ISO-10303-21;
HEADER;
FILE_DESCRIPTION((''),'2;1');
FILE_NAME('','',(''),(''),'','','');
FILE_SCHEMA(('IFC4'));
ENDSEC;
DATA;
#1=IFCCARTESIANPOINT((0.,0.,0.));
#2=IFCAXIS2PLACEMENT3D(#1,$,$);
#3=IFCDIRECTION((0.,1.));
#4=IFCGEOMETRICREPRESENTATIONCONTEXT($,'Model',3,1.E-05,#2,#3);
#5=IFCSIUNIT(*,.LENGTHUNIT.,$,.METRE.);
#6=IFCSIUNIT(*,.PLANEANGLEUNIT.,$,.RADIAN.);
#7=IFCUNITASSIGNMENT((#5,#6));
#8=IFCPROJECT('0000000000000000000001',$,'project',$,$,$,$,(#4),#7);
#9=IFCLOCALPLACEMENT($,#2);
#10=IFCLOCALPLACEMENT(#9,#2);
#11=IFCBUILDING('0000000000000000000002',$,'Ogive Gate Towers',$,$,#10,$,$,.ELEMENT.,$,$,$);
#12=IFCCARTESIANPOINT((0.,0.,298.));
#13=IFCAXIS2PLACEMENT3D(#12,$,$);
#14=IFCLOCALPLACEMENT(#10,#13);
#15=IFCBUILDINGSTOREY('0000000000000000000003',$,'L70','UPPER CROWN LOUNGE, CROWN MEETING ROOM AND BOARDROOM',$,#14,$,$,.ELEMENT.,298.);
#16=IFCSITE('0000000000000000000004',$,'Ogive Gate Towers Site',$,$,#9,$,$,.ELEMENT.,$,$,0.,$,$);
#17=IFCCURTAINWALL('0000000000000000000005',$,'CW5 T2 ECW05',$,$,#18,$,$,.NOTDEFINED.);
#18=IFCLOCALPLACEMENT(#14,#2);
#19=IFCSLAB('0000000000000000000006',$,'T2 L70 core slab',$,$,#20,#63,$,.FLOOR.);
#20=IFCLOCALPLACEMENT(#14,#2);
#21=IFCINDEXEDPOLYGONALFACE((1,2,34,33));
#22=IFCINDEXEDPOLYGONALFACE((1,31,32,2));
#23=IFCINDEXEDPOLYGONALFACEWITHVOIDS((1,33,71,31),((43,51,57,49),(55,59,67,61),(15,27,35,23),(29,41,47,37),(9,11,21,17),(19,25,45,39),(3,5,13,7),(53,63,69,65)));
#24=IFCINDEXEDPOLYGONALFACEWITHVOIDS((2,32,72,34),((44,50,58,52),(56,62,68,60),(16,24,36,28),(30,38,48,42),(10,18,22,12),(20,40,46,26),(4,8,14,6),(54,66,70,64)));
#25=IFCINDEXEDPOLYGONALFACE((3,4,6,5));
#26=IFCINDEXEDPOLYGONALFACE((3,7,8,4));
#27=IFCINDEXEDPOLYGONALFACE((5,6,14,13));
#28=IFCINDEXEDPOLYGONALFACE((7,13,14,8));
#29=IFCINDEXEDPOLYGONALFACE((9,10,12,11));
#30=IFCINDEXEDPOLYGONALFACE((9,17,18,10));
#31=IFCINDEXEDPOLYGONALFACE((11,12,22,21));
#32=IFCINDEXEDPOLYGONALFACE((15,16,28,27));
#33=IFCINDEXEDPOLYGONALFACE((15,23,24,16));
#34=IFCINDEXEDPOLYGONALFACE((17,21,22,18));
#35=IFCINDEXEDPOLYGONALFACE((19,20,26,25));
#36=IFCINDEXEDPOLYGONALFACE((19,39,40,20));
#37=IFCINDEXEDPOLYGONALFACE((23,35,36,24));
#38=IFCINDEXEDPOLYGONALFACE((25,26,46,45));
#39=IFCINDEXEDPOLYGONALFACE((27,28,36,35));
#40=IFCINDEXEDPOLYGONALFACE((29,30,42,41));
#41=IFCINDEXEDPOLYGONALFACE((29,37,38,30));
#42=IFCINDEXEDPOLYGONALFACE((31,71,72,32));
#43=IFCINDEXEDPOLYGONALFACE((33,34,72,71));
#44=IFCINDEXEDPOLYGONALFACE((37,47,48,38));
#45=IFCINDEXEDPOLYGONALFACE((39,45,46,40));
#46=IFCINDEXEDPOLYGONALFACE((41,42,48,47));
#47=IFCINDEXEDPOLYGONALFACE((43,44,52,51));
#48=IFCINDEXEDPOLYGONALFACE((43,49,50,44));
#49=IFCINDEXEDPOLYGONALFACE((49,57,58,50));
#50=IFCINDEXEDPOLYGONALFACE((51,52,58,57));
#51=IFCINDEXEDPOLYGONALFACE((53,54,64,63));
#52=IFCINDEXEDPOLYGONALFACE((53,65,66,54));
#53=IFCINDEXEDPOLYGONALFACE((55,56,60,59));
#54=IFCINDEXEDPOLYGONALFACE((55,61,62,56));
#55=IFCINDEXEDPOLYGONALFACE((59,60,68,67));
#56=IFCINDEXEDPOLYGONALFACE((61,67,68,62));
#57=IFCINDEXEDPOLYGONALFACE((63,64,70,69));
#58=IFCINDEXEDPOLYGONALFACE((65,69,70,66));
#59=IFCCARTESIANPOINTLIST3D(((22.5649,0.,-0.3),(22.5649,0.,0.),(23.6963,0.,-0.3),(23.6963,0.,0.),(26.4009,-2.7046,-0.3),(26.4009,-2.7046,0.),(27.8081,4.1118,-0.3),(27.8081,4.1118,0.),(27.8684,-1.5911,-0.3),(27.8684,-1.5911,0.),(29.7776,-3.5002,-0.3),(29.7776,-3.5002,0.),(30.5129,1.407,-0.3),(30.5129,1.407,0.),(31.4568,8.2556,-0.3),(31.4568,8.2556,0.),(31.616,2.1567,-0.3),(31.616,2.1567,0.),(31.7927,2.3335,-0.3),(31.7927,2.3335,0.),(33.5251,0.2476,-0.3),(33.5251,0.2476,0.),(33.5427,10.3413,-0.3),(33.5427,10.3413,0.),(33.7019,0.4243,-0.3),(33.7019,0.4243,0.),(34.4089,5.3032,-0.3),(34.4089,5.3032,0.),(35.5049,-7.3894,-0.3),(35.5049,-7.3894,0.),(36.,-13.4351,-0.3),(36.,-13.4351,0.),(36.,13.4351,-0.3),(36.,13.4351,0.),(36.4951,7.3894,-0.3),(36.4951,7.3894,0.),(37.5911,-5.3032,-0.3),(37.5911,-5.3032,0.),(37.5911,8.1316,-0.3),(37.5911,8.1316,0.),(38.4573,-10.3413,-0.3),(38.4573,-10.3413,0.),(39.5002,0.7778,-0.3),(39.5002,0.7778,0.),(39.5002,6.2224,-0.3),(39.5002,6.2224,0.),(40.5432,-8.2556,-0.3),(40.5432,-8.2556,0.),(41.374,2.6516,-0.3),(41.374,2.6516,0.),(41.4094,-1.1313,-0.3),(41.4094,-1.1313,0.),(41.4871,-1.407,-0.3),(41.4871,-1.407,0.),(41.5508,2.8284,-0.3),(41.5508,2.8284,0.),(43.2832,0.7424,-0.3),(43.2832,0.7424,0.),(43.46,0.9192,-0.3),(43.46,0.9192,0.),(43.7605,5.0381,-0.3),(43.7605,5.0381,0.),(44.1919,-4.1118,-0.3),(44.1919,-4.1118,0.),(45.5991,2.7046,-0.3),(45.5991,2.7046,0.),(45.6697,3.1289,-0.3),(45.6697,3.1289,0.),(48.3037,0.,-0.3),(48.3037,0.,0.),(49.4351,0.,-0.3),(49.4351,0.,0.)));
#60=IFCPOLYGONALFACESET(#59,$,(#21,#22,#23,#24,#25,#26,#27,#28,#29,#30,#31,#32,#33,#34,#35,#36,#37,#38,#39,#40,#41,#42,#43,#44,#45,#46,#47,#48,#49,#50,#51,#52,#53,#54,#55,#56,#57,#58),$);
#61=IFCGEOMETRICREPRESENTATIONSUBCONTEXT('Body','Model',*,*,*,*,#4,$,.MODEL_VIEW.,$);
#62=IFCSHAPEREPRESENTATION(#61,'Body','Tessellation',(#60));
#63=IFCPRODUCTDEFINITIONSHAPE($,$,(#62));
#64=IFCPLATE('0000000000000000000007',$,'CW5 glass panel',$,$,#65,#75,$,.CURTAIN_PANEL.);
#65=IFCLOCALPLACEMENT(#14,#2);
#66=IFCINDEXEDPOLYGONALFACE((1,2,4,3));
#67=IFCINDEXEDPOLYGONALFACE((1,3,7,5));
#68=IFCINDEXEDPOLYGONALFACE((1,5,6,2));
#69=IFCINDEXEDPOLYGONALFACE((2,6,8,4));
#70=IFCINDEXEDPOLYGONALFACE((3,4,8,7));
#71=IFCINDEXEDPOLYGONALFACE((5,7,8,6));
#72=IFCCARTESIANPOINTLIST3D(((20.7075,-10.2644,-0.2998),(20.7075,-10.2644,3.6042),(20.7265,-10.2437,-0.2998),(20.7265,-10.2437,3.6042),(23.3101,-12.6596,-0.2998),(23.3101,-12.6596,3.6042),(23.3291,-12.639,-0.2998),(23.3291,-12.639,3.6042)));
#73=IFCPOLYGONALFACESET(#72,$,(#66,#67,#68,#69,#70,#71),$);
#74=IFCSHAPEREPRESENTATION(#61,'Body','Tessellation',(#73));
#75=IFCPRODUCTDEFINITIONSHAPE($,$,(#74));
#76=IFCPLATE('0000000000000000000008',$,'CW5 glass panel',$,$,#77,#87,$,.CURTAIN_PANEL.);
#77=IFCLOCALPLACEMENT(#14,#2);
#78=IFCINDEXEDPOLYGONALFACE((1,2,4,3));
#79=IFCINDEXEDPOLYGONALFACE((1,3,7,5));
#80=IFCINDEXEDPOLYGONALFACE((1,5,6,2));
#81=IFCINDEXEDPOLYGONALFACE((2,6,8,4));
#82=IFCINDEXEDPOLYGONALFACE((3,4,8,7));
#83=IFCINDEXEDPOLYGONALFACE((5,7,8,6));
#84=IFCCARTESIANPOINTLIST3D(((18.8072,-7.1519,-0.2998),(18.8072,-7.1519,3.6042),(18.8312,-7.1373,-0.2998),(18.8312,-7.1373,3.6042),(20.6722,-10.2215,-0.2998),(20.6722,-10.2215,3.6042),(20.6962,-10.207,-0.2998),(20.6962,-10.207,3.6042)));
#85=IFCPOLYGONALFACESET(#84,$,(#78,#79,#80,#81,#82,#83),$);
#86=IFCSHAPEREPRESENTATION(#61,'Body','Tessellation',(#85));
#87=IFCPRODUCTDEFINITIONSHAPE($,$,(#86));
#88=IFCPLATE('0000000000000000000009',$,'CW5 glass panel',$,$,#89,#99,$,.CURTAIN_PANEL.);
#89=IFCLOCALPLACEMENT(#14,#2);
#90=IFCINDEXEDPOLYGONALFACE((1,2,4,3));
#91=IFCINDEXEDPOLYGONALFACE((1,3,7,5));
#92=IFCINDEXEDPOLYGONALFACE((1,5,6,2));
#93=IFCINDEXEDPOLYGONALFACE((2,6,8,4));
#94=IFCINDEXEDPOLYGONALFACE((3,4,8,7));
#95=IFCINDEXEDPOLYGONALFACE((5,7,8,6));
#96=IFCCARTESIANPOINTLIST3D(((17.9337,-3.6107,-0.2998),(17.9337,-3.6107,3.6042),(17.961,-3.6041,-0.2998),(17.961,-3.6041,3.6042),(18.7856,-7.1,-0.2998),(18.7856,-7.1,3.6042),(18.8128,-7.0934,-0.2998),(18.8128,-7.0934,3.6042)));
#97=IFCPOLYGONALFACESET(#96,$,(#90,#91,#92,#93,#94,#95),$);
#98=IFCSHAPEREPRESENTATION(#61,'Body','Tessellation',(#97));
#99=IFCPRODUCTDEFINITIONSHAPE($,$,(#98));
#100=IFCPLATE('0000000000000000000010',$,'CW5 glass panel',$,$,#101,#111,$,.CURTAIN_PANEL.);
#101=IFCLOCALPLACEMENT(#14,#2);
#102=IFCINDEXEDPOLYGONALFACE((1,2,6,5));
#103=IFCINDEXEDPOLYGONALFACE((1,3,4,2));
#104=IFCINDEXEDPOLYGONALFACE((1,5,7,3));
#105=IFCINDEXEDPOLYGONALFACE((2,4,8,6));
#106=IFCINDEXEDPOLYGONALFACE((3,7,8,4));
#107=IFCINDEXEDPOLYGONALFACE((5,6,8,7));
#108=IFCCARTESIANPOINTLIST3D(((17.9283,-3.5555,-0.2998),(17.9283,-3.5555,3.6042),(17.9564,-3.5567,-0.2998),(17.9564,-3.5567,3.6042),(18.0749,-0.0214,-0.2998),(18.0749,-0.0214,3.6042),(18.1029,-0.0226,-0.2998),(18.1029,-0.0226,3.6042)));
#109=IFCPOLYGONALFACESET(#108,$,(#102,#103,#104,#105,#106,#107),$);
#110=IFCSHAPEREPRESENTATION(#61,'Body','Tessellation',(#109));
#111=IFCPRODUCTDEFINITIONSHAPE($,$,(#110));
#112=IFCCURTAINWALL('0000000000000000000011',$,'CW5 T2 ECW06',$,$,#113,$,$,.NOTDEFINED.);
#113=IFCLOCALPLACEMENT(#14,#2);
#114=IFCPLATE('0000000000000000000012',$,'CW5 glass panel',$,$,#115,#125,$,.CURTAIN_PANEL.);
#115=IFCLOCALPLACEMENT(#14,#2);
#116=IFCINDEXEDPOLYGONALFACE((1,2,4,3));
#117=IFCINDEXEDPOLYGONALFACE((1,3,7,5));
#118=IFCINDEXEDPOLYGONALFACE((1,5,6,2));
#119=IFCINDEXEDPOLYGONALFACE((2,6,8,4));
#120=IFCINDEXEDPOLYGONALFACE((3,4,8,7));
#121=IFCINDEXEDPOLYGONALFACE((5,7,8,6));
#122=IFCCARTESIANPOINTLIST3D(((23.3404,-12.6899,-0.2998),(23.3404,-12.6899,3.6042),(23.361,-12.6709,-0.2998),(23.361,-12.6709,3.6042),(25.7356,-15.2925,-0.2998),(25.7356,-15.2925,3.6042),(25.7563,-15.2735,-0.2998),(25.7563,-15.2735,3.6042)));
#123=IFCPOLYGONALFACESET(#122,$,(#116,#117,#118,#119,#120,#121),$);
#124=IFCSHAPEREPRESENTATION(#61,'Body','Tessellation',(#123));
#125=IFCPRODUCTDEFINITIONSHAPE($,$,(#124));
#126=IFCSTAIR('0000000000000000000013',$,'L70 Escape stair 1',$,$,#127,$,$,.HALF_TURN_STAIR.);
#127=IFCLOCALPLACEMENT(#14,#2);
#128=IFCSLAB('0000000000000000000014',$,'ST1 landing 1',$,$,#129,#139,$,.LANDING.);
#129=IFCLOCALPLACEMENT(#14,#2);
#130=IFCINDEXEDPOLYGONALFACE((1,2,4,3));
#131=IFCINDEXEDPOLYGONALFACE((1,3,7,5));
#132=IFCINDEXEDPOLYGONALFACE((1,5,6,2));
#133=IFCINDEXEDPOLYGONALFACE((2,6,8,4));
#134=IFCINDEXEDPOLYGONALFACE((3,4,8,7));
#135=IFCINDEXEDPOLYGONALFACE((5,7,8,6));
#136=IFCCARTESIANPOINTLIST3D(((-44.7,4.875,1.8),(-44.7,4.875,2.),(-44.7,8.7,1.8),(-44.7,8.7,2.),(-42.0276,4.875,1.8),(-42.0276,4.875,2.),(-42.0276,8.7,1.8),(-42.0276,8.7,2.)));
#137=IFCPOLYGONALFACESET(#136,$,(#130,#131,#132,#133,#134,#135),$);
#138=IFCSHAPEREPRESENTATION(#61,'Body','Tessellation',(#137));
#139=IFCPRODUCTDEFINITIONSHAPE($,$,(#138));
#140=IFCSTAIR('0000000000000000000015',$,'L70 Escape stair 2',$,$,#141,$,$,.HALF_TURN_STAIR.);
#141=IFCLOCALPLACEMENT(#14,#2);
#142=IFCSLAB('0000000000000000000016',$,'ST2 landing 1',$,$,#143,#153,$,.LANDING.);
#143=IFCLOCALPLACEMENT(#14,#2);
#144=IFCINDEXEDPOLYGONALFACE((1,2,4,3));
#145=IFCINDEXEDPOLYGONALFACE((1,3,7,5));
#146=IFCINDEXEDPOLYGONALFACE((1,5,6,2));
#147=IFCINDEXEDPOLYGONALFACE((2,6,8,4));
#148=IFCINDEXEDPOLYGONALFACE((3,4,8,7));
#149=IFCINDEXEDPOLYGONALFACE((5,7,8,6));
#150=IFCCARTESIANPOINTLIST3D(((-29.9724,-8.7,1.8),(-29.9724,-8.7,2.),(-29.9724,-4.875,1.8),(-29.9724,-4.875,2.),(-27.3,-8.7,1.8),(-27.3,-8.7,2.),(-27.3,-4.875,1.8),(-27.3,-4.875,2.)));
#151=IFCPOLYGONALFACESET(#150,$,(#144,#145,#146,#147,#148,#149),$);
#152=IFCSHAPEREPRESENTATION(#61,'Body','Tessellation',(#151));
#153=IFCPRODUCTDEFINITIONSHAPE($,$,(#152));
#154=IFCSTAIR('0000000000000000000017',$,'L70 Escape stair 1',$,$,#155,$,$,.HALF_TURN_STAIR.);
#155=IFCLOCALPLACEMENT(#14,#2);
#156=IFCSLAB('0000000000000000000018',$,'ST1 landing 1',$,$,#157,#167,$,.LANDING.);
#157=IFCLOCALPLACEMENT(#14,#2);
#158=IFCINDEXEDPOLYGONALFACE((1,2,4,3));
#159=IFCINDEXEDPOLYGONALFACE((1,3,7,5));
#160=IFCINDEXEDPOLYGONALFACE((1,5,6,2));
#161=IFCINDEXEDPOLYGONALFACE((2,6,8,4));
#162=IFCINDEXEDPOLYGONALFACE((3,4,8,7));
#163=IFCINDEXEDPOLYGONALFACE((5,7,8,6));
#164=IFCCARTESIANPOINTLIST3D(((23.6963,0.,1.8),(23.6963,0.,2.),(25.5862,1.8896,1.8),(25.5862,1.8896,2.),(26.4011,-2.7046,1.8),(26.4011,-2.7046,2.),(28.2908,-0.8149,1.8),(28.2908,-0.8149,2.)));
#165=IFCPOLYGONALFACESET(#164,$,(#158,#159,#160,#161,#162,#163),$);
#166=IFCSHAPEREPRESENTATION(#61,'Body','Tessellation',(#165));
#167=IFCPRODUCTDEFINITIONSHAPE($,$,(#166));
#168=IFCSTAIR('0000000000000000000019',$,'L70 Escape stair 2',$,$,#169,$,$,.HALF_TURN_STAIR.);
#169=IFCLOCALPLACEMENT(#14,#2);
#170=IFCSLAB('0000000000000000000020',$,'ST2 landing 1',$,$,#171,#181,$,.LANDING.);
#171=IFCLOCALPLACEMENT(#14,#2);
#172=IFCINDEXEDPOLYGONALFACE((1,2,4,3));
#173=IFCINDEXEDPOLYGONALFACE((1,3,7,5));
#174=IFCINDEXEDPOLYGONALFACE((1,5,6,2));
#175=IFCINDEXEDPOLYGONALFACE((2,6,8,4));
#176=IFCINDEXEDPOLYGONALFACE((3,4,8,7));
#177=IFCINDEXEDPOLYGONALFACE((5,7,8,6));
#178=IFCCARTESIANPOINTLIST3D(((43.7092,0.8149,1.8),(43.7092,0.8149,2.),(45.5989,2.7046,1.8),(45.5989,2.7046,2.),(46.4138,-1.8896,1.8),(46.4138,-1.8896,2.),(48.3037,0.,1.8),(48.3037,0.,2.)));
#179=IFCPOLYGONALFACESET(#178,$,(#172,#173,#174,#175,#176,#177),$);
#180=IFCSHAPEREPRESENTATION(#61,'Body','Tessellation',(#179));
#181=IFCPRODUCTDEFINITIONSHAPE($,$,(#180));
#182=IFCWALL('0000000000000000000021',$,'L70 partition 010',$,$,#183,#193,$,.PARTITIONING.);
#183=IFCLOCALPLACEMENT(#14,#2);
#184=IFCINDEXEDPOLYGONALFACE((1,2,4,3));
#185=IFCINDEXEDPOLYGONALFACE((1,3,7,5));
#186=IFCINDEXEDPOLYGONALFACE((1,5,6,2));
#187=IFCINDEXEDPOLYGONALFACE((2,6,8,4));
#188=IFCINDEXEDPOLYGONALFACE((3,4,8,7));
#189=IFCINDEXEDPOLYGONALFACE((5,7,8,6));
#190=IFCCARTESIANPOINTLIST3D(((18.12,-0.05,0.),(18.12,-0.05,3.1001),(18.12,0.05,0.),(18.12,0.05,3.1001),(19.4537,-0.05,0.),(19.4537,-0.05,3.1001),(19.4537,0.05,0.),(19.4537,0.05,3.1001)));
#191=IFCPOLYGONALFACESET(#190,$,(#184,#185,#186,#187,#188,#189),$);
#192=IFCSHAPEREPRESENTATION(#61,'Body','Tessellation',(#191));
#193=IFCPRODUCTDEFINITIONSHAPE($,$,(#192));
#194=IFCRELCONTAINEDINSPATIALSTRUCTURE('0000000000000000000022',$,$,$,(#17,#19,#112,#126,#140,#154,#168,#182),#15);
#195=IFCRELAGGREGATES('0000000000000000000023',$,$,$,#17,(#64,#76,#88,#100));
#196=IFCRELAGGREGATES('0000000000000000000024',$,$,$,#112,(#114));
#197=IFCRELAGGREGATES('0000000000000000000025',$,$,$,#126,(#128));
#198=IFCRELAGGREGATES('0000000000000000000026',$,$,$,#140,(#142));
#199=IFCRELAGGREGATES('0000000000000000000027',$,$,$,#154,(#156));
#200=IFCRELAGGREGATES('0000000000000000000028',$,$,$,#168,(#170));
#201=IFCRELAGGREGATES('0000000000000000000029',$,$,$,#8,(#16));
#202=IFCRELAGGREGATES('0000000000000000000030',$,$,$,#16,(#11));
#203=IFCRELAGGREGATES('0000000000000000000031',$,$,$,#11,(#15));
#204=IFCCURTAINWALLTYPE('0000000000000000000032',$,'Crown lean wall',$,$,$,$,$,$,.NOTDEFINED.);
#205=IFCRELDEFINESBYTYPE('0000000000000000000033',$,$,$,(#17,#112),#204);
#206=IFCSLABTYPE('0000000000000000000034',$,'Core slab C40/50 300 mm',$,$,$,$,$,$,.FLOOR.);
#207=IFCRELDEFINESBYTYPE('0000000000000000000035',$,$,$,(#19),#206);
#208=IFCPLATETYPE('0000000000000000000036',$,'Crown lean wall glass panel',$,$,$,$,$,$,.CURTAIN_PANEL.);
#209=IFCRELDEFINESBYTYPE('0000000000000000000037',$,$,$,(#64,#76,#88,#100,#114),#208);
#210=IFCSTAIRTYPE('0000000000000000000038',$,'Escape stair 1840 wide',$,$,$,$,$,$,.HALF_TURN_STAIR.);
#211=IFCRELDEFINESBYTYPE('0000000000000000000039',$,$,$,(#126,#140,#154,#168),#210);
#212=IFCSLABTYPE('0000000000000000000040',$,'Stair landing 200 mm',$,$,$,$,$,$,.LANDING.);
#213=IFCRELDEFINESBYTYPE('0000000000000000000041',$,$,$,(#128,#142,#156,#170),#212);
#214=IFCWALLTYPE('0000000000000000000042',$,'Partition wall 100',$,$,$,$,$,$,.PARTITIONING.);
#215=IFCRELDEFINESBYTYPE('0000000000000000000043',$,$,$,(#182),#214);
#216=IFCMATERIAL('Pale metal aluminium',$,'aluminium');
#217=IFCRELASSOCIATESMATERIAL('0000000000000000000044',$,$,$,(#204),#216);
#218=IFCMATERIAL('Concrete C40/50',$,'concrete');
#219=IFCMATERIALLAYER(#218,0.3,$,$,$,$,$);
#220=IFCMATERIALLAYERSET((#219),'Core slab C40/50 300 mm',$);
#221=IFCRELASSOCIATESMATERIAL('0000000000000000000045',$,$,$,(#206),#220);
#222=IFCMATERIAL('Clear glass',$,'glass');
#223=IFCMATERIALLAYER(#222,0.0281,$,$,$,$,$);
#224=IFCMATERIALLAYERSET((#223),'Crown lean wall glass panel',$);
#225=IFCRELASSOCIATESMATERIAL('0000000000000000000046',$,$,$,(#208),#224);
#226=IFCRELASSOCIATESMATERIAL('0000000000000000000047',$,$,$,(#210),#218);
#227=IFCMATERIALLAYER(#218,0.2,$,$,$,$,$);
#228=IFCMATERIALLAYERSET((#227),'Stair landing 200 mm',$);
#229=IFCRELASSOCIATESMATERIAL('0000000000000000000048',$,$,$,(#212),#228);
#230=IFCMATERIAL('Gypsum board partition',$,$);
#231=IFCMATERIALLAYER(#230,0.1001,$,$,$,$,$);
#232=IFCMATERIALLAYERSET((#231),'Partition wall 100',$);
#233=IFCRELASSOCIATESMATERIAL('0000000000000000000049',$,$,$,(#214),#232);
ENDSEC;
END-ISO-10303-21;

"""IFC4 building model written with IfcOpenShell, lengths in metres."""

from ifc_helpers import new_model, si_unit, direction, frame, frame_2d, origin, origin_2d, place, context, subcontext, project, spatial, polyline, rectangle, outline, extrude, material, layer, layer_set, type_object, element, aggregate, save


model = new_model("IFC4")

# Units and contexts
model_context = context("Model", 3, precision=1e-05, world=origin(), true_north=direction((0.0, 1.0)))
body_context = subcontext(model_context, "Body", "Model", "MODEL_VIEW")
ifc_project = project(units=[si_unit("LENGTHUNIT", "METRE"), si_unit("PLANEANGLEUNIT", "RADIAN")], contexts=[model_context])

# Site, building, storey
site_placement = place(None, origin())
site = spatial("IfcSite", under=ifc_project, at=site_placement, Name="Ogive Gate Towers Site", CompositionType="ELEMENT", RefElevation=0.0)
building_placement = place(site_placement, origin())
building = spatial("IfcBuilding", under=site, at=building_placement, Name="Ogive Gate Towers", CompositionType="ELEMENT")
storey_placement = place(building_placement, frame((0.0, 0.0, 298.0)))
storey = spatial("IfcBuildingStorey", under=building, at=storey_placement, Name="L70", Description="UPPER CROWN LOUNGE, CROWN MEETING ROOM AND BOARDROOM", CompositionType="ELEMENT", Elevation=298.0)

# Shared definitions
ifc_material_1 = material(Name="Pale metal aluminium", Category="aluminium")
curtain_wall_type = type_object("IfcCurtainWallType", Name="Crown lean wall", PredefinedType="NOTDEFINED", material=ifc_material_1)

# Curtain wall
curtain_wall_1_placement = place(storey_placement, origin())
curtain_wall_1 = element("IfcCurtainWall", 1, at=curtain_wall_1_placement, inside=storey, type_object=curtain_wall_type, Name="CW5 T2 ECW05", PredefinedType="NOTDEFINED")

# Slab
ifc_material_2 = material(Name="Concrete C40/50", Category="concrete")
ifc_layer_1 = layer(ifc_material_2, 0.3)
ifc_layer_set_1 = layer_set([ifc_layer_1], Name="Core slab C40/50 300 mm")
slab_type_1 = type_object("IfcSlabType", Name="Core slab C40/50 300 mm", PredefinedType="FLOOR", material=ifc_layer_set_1)
slab_1_placement = place(storey_placement, frame((0.0, 0.0, -0.3)))
element("IfcSlab", 2, at=slab_1_placement, inside=storey, type_object=slab_type_1, Name="T2 L70 core slab", PredefinedType="FLOOR", context=body_context, shape_type="SweptSolid", body=[
    extrude(outline(polyline([(36.0, -13.4351), (22.5649, 0.0), (36.0, 13.4351), (49.4351, 0.0), (36.0, -13.4351)]), holes=[polyline([(29.7776, -3.5002), (33.5251, 0.2476), (31.616, 2.1567), (27.8684, -1.5911), (29.7776, -3.5002)]), polyline([(31.7927, 2.3335), (33.7019, 0.4243), (39.5002, 6.2224), (37.5911, 8.1316), (31.7927, 2.3335)]), polyline([(41.374, 2.6516), (39.5002, 0.7778), (41.4094, -1.1313), (43.2832, 0.7424), (41.374, 2.6516)]), polyline([(45.6697, 3.1289), (43.7605, 5.0381), (41.5508, 2.8284), (43.46, 0.9192), (45.6697, 3.1289)]), polyline([(34.4089, 5.3032), (36.4951, 7.3894), (33.5427, 10.3413), (31.4568, 8.2556), (34.4089, 5.3032)]), polyline([(35.5049, -7.3894), (38.4573, -10.3413), (40.5432, -8.2556), (37.5911, -5.3032), (35.5049, -7.3894)]), polyline([(26.4009, -2.7046), (30.5129, 1.407), (27.8081, 4.1118), (23.6963, 0.0), (26.4009, -2.7046)]), polyline([(48.3037, 0.0), (45.5991, 2.7046), (41.4871, -1.407), (44.1919, -4.1118), (48.3037, 0.0)])]), origin(), (0.0, 0.0, 1.0), 0.3),
])

# Plates
ifc_material_3 = material(Name="Clear glass", Category="glass")
ifc_layer_2 = layer(ifc_material_3, 0.0281)
ifc_layer_set_2 = layer_set([ifc_layer_2], Name="Crown lean wall glass panel")
plate_type = type_object("IfcPlateType", Name="Crown lean wall glass panel", PredefinedType="CURTAIN_PANEL", material=ifc_layer_set_2)
plate_1_placement = place(storey_placement, frame((22.0183, -11.4517, -0.2998), z_axis=(0.0, 0.0, 1.0), x_axis=(-0.735813, 0.677184, 0.0)))
plate_1 = element("IfcPlate", 3, at=plate_1_placement, type_object=plate_type, Name="CW5 glass panel", PredefinedType="CURTAIN_PANEL", context=body_context, shape_type="SweptSolid", body=[
    extrude(rectangle(XDim=3.5371, YDim=0.0281, at=origin_2d()), origin(), (0.0, 0.0, 1.0), 3.9041),
])
plate_2_placement = place(storey_placement, frame((19.7517, -8.6794, -0.2998), z_axis=(0.0, 0.0, 1.0), x_axis=(-0.519251, 0.854622, 0.0)))
plate_2 = element("IfcPlate", 4, at=plate_2_placement, type_object=plate_type, Name="CW5 glass panel", PredefinedType="CURTAIN_PANEL", context=body_context, shape_type="SweptSolid", body=[
    extrude(rectangle(XDim=3.5918, YDim=0.0281, at=origin_2d()), origin(), (0.0, 0.0, 1.0), 3.9041),
])
plate_3_placement = place(storey_placement, frame((18.3733, -5.3521, -0.2998), z_axis=(0.0, 0.0, 1.0), x_axis=(-0.23716, 0.971471, 0.0)))
plate_3 = element("IfcPlate", 5, at=plate_3_placement, type_object=plate_type, Name="CW5 glass panel", PredefinedType="CURTAIN_PANEL", context=body_context, shape_type="SweptSolid", body=[
    extrude(rectangle(XDim=3.5918, YDim=0.0281, at=origin_2d()), origin(), (0.0, 0.0, 1.0), 3.9041),
])
plate_4_placement = place(storey_placement, frame((18.0156, -1.7891, -0.2998), z_axis=(0.0, 0.0, 1.0), x_axis=(0.04144, 0.999141, 0.0)))
plate_4 = element("IfcPlate", 6, at=plate_4_placement, type_object=plate_type, Name="CW5 glass panel", PredefinedType="CURTAIN_PANEL", context=body_context, shape_type="SweptSolid", body=[
    extrude(rectangle(XDim=3.5371, YDim=0.0281, at=origin_2d()), origin(), (0.0, 0.0, 1.0), 3.9041),
])
aggregate(curtain_wall_1, [plate_1, plate_2, plate_3, plate_4])

# Curtain wall, plate
curtain_wall_2_placement = place(storey_placement, origin())
curtain_wall_2 = element("IfcCurtainWall", 7, at=curtain_wall_2_placement, inside=storey, type_object=curtain_wall_type, Name="CW5 T2 ECW06", PredefinedType="NOTDEFINED")
plate_5_placement = place(storey_placement, frame((24.5483, -13.9817, -0.2998), z_axis=(0.0, 0.0, 1.0), x_axis=(-0.677184, 0.735813, 0.0)))
plate_5 = element("IfcPlate", 8, at=plate_5_placement, type_object=plate_type, Name="CW5 glass panel", PredefinedType="CURTAIN_PANEL", context=body_context, shape_type="SweptSolid", body=[
    extrude(rectangle(XDim=3.5371, YDim=0.0281, at=origin_2d()), origin(), (0.0, 0.0, 1.0), 3.9041),
])
aggregate(curtain_wall_2, [plate_5])

# Stairs, slabs
stair_type = type_object("IfcStairType", Name="Escape stair 1840 wide", PredefinedType="HALF_TURN_STAIR", material=ifc_material_2)
stair_1_placement = place(storey_placement, origin())
stair_1 = element("IfcStair", 9, at=stair_1_placement, inside=storey, type_object=stair_type, Name="L70 Escape stair 1", PredefinedType="HALF_TURN_STAIR")
ifc_layer_3 = layer(ifc_material_2, 0.2)
ifc_layer_set_3 = layer_set([ifc_layer_3], Name="Stair landing 200 mm")
slab_type_2 = type_object("IfcSlabType", Name="Stair landing 200 mm", PredefinedType="LANDING", material=ifc_layer_set_3)
slab_2_placement = place(storey_placement, frame((0.0, 0.0, 1.8)))
slab_2 = element("IfcSlab", 10, at=slab_2_placement, type_object=slab_type_2, Name="ST1 landing 1", PredefinedType="LANDING", context=body_context, shape_type="SweptSolid", body=[
    extrude(outline(polyline([(-42.0276, 8.7), (-44.7, 8.7), (-44.7, 4.875), (-42.0276, 4.875), (-42.0276, 8.7)])), origin(), (0.0, 0.0, 1.0), 0.2),
])
aggregate(stair_1, [slab_2])
stair_2_placement = place(storey_placement, origin())
stair_2 = element("IfcStair", 11, at=stair_2_placement, inside=storey, type_object=stair_type, Name="L70 Escape stair 2", PredefinedType="HALF_TURN_STAIR")
slab_3_placement = place(storey_placement, frame((0.0, 0.0, 1.8)))
slab_3 = element("IfcSlab", 12, at=slab_3_placement, type_object=slab_type_2, Name="ST2 landing 1", PredefinedType="LANDING", context=body_context, shape_type="SweptSolid", body=[
    extrude(outline(polyline([(-29.9724, -8.7), (-27.3, -8.7), (-27.3, -4.875), (-29.9724, -4.875), (-29.9724, -8.7)])), origin(), (0.0, 0.0, 1.0), 0.2),
])
aggregate(stair_2, [slab_3])
stair_3_placement = place(storey_placement, origin())
stair_3 = element("IfcStair", 13, at=stair_3_placement, inside=storey, type_object=stair_type, Name="L70 Escape stair 1", PredefinedType="HALF_TURN_STAIR")
slab_4_placement = place(storey_placement, frame((0.0, 0.0, 1.8)))
slab_4 = element("IfcSlab", 14, at=slab_4_placement, type_object=slab_type_2, Name="ST1 landing 1", PredefinedType="LANDING", context=body_context, shape_type="SweptSolid", body=[
    extrude(outline(polyline([(25.5862, 1.8896), (23.6963, 0.0), (26.4011, -2.7046), (28.2908, -0.8149), (25.5862, 1.8896)])), origin(), (0.0, 0.0, 1.0), 0.2),
])
aggregate(stair_3, [slab_4])
stair_4_placement = place(storey_placement, origin())
stair_4 = element("IfcStair", 15, at=stair_4_placement, inside=storey, type_object=stair_type, Name="L70 Escape stair 2", PredefinedType="HALF_TURN_STAIR")
slab_5_placement = place(storey_placement, frame((0.0, 0.0, 1.8)))
slab_5 = element("IfcSlab", 16, at=slab_5_placement, type_object=slab_type_2, Name="ST2 landing 1", PredefinedType="LANDING", context=body_context, shape_type="SweptSolid", body=[
    extrude(outline(polyline([(46.4138, -1.8896), (48.3037, 0.0), (45.5989, 2.7046), (43.7092, 0.8149), (46.4138, -1.8896)])), origin(), (0.0, 0.0, 1.0), 0.2),
])
aggregate(stair_4, [slab_5])

# Wall
ifc_material_4 = material(Name="Gypsum board partition")
ifc_layer_4 = layer(ifc_material_4, 0.1001)
ifc_layer_set_4 = layer_set([ifc_layer_4], Name="Partition wall 100")
wall_type = type_object("IfcWallType", Name="Partition wall 100", PredefinedType="PARTITIONING", material=ifc_layer_set_4)
wall_1_placement = place(storey_placement, frame((18.1199, 0.0, 0.0), z_axis=(0.0, 0.0, 1.0), x_axis=(1.0, 0.0, 0.0)))
element("IfcWall", 17, at=wall_1_placement, inside=storey, type_object=wall_type, Name="L70 partition 010", PredefinedType="PARTITIONING", context=body_context, shape_type="SweptSolid", body=[
    extrude(rectangle(XDim=1.3337, YDim=0.1001, at=frame_2d((0.667, 0.0))), origin(), (0.0, 0.0, 1.0), 3.1001),
])

save(model, "model.ifc")
